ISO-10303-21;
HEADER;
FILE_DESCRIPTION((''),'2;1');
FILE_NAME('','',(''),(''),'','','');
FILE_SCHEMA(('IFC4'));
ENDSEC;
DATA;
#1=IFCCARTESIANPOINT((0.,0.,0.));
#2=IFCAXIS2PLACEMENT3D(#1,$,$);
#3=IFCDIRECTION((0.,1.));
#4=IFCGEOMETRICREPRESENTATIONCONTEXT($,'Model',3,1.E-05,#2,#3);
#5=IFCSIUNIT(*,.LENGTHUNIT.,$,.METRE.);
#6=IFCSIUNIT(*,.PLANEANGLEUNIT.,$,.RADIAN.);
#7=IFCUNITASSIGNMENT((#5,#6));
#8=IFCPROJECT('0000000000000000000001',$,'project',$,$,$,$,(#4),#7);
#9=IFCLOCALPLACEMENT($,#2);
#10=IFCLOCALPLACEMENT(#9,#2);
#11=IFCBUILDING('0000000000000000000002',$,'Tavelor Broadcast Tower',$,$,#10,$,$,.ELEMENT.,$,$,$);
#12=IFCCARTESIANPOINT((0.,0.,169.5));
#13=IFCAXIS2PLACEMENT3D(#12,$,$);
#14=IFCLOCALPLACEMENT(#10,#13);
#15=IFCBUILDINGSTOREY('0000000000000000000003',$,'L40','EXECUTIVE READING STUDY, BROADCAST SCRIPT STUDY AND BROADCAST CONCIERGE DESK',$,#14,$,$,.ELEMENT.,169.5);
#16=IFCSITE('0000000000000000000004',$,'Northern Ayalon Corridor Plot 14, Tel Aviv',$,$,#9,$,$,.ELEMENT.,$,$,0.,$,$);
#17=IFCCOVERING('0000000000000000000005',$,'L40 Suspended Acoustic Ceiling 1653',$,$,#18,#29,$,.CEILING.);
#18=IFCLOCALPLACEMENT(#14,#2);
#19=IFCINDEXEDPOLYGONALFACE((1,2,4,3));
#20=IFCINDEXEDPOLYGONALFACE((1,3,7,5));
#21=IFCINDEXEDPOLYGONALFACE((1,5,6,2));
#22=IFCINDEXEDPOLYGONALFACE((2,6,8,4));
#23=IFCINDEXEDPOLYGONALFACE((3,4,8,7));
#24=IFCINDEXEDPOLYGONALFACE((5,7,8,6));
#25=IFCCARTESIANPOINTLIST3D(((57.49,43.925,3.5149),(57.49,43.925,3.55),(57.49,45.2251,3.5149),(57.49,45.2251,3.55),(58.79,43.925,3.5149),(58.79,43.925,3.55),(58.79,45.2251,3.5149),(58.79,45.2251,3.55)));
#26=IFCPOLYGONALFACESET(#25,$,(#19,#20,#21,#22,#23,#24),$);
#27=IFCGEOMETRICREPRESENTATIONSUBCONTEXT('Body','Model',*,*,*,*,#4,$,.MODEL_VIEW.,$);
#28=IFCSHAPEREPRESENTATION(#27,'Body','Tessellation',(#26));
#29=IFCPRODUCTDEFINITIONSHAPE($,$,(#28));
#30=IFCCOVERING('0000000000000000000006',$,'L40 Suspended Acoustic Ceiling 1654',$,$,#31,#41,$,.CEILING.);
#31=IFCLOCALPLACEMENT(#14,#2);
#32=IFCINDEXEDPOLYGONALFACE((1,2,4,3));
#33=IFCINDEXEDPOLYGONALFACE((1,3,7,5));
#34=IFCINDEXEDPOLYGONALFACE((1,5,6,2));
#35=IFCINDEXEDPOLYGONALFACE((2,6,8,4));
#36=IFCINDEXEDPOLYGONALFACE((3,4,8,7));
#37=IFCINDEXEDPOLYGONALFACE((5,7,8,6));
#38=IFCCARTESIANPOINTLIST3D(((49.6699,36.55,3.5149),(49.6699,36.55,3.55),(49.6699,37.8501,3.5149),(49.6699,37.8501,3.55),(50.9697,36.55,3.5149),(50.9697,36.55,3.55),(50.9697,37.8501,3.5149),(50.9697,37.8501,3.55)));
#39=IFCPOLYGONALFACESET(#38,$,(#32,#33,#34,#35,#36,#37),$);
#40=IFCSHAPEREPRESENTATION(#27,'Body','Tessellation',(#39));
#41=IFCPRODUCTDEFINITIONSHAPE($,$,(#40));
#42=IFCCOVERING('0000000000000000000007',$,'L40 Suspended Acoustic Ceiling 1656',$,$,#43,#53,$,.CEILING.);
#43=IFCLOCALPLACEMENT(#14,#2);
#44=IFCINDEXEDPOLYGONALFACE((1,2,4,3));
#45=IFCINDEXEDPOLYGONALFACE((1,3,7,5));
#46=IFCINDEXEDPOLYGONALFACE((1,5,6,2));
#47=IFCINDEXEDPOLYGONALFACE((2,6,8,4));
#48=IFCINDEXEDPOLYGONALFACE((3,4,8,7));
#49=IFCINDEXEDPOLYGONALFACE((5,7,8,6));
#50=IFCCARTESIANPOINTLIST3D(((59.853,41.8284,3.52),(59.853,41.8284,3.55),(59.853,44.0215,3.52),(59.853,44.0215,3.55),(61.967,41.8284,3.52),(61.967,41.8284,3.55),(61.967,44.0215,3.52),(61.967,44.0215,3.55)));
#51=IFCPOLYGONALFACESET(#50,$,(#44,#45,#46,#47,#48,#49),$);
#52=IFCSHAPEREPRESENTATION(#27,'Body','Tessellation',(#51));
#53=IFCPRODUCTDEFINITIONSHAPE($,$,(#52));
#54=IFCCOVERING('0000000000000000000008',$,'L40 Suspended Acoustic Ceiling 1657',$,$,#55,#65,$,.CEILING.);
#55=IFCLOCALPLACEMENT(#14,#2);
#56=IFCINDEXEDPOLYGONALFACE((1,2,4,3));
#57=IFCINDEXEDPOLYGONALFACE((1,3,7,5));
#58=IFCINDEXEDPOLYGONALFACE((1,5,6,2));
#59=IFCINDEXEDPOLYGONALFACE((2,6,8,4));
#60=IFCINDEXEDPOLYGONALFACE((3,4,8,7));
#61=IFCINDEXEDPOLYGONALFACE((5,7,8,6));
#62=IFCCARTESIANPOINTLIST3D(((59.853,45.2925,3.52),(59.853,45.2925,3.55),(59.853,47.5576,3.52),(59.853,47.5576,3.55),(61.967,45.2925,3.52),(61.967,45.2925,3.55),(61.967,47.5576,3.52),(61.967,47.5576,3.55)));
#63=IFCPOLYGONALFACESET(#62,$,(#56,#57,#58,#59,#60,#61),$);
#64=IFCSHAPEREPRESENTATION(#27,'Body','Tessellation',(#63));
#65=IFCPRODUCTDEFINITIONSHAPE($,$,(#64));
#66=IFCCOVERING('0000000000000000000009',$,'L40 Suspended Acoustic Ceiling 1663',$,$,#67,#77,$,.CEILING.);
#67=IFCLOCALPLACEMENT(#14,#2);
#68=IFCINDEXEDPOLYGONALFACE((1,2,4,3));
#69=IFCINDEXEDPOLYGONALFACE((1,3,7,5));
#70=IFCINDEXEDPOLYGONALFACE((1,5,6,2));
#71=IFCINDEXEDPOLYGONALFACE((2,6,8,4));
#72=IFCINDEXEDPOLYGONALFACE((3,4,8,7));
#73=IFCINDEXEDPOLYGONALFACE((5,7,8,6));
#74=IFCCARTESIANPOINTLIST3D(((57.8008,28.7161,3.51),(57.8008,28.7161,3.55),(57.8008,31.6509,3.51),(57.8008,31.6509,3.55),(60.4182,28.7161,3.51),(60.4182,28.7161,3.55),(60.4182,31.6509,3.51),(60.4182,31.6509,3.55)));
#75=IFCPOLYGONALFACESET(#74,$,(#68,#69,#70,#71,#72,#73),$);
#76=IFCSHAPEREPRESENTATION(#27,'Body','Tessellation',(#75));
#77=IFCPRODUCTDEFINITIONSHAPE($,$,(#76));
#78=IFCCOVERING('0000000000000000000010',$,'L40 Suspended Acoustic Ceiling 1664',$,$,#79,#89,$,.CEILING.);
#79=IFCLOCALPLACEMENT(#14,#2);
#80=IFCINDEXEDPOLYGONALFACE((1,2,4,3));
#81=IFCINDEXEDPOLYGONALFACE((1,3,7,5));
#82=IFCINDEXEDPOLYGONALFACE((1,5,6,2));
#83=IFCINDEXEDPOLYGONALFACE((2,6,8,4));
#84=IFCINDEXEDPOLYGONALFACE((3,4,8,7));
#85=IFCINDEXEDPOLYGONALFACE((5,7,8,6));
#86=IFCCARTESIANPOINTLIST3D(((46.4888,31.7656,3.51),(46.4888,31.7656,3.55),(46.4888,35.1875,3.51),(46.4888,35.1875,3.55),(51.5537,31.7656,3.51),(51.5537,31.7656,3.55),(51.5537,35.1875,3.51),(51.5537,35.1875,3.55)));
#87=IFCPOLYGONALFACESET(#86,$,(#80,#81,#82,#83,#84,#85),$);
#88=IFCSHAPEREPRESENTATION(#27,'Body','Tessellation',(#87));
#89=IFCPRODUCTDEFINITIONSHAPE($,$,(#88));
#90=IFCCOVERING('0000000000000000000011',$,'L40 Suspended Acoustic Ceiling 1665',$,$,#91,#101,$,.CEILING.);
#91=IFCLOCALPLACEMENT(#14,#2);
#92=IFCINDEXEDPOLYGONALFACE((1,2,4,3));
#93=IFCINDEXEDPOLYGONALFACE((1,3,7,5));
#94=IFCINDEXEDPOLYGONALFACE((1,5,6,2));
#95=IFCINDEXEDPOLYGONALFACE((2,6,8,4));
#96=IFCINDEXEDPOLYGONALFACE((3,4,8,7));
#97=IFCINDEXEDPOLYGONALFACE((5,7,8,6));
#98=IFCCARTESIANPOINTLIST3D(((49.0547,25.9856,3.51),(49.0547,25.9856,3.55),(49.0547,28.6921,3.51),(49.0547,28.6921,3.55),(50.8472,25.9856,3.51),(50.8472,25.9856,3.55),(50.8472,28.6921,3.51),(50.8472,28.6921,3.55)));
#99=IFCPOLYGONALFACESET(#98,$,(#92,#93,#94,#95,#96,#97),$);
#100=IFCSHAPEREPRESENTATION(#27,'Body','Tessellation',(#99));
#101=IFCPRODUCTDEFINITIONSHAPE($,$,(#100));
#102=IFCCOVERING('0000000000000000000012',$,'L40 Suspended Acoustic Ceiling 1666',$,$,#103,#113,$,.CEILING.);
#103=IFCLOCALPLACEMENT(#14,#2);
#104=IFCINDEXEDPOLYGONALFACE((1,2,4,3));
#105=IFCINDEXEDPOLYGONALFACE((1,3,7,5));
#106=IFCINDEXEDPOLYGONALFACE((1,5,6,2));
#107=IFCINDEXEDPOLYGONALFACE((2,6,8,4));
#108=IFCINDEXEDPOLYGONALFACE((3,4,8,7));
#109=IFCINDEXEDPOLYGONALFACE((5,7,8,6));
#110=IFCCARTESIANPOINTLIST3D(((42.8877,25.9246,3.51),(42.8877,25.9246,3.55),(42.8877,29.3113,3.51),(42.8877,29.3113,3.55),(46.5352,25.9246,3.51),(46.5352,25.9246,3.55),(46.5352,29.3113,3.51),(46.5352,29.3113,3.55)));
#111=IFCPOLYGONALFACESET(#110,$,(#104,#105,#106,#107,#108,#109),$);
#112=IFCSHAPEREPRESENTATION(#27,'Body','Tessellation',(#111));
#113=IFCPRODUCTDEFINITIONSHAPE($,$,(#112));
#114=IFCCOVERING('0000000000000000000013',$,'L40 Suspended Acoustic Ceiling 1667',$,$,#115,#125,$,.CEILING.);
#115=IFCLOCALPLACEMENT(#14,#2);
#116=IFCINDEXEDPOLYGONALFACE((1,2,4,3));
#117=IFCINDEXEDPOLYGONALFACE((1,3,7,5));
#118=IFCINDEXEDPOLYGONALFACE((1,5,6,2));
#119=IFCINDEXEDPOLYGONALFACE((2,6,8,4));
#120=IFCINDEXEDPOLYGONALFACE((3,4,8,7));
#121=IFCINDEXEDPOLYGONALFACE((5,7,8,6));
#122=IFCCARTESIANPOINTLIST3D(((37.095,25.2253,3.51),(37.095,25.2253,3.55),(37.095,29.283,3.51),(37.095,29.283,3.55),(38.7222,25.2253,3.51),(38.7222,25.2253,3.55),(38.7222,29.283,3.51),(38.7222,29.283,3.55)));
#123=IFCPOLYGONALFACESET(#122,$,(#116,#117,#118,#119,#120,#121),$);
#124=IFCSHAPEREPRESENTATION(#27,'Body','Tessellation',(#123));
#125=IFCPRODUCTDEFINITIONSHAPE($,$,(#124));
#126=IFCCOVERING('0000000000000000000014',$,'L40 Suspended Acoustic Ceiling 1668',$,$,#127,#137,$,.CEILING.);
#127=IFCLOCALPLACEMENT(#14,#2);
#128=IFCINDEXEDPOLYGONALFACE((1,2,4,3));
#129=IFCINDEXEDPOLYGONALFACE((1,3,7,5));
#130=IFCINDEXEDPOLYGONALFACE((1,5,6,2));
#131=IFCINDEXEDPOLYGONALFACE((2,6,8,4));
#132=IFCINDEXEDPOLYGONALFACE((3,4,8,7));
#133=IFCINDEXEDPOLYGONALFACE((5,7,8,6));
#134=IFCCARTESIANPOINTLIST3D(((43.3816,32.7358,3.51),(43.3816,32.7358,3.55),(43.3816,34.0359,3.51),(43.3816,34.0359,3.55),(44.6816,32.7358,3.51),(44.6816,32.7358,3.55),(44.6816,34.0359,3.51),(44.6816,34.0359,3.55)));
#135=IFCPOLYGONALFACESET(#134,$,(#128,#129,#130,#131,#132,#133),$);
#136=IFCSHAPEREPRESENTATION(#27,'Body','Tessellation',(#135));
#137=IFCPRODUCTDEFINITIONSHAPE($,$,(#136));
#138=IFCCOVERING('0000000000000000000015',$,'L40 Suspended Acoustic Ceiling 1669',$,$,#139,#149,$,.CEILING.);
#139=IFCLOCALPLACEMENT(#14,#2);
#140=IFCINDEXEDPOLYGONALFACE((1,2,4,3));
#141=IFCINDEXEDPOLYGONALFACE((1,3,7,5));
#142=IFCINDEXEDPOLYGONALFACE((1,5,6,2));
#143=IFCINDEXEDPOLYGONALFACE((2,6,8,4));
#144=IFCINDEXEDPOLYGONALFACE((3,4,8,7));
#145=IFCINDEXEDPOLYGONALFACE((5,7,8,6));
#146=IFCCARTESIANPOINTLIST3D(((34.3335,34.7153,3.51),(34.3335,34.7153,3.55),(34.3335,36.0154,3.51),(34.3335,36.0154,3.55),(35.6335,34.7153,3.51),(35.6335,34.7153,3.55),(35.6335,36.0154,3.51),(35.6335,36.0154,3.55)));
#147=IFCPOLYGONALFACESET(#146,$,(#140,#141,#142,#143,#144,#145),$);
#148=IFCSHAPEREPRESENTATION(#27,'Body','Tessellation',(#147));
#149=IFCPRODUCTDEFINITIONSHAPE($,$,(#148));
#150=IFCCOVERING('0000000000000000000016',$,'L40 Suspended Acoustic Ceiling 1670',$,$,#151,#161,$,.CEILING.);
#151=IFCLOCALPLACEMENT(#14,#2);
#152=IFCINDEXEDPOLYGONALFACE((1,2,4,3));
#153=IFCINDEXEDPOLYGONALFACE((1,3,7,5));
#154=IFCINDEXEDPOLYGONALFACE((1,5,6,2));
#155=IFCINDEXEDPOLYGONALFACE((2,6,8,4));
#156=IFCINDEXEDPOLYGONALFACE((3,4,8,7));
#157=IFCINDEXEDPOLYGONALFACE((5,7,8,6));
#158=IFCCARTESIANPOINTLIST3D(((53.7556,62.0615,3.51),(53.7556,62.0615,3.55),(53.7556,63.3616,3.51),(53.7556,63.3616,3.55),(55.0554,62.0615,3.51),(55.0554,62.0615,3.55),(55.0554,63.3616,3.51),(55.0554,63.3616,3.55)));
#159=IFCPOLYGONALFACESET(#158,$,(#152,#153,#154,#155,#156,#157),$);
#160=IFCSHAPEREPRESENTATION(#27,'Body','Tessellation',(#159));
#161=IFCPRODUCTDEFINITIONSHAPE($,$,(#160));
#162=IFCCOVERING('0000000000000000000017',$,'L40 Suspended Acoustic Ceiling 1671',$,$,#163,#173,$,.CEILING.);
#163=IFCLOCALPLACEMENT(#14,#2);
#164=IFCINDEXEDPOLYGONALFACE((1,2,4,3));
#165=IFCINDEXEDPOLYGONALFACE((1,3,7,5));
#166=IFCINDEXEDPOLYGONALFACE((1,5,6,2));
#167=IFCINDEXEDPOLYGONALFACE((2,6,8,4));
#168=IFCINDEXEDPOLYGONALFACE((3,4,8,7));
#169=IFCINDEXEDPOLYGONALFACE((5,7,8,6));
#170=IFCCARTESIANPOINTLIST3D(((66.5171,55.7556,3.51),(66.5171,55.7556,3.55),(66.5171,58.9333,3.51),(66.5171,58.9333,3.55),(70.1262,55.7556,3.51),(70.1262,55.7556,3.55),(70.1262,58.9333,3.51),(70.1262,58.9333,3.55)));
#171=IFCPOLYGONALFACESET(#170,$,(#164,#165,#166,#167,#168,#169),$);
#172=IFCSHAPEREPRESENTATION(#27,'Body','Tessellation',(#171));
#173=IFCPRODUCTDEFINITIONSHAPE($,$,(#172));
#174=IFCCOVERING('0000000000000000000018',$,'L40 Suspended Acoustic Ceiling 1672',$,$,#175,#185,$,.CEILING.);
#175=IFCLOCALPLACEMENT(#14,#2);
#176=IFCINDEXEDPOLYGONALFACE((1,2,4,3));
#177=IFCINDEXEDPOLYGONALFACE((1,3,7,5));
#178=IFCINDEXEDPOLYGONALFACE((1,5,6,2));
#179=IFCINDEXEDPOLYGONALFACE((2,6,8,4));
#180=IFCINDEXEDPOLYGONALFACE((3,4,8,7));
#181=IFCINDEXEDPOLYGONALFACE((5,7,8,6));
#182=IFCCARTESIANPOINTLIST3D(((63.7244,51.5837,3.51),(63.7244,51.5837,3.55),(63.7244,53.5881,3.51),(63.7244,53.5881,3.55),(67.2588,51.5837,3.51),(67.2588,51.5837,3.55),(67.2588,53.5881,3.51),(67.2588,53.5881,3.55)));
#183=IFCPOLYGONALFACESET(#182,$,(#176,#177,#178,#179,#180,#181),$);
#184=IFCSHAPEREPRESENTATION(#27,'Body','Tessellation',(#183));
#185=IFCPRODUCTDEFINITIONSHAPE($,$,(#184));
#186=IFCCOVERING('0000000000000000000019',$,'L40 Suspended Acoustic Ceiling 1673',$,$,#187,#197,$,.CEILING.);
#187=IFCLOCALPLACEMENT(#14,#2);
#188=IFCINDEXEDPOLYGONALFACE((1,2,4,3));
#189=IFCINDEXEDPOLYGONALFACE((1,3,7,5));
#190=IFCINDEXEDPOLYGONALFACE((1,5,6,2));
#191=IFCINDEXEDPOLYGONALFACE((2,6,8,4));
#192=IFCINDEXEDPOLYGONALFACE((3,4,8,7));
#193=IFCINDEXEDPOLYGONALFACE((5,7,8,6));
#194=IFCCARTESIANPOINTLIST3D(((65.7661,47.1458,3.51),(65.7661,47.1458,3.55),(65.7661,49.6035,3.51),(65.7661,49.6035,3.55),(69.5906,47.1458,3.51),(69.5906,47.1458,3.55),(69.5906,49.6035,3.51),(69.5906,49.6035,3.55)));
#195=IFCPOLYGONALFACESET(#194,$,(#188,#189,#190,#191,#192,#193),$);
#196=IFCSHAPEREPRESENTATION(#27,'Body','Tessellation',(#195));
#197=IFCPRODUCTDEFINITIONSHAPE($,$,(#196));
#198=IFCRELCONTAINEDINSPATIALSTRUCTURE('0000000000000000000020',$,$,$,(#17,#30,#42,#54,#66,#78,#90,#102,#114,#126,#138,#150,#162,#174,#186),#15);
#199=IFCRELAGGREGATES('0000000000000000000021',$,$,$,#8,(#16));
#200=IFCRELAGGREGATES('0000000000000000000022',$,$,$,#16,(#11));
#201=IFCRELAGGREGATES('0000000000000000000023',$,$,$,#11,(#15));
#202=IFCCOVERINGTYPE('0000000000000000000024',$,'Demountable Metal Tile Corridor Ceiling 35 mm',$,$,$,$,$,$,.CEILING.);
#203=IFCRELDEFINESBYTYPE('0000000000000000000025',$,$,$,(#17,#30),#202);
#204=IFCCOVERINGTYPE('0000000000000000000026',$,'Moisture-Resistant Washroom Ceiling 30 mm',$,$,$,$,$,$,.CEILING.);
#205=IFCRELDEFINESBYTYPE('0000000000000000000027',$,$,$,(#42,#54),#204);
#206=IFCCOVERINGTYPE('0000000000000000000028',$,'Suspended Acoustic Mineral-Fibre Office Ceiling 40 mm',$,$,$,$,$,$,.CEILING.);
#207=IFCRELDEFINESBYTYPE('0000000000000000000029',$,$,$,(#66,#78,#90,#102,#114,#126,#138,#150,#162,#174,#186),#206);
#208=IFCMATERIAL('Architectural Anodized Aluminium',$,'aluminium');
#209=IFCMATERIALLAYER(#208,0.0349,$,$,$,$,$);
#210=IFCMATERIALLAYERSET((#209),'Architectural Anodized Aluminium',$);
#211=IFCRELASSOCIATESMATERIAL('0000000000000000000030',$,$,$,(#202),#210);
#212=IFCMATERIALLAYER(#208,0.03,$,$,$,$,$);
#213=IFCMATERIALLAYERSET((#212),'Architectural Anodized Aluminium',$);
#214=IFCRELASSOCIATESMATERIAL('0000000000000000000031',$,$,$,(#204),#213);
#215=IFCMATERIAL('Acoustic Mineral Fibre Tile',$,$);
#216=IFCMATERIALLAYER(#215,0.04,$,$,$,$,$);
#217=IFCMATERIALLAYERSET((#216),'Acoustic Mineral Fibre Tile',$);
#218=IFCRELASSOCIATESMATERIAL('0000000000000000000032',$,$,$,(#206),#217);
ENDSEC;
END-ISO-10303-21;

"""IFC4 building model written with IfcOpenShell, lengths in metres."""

from ifc_helpers import new_model, si_unit, direction, frame, origin, place, context, subcontext, project, spatial, polyline, outline, extrude, material, layer, layer_set, type_object, element, save


model = new_model("IFC4")

# Units and contexts
model_context = context("Model", 3, precision=1e-05, world=origin(), true_north=direction((0.0, 1.0)))
body_context = subcontext(model_context, "Body", "Model", "MODEL_VIEW")
ifc_project = project(units=[si_unit("LENGTHUNIT", "METRE"), si_unit("PLANEANGLEUNIT", "RADIAN")], contexts=[model_context])

# Site, building, storey
site_placement = place(None, origin())
site = spatial("IfcSite", under=ifc_project, at=site_placement, Name="Northern Ayalon Corridor Plot 14, Tel Aviv", CompositionType="ELEMENT", RefElevation=0.0)
building_placement = place(site_placement, origin())
building = spatial("IfcBuilding", under=site, at=building_placement, Name="Tavelor Broadcast Tower", CompositionType="ELEMENT")
storey_placement = place(building_placement, frame((0.0, 0.0, 169.5)))
storey = spatial("IfcBuildingStorey", under=building, at=storey_placement, Name="L40", Description="EXECUTIVE READING STUDY, BROADCAST SCRIPT STUDY AND BROADCAST CONCIERGE DESK", CompositionType="ELEMENT", Elevation=169.5)

# Coverings
ifc_material_1 = material(Name="Architectural Anodized Aluminium", Category="aluminium")
ifc_layer_1 = layer(ifc_material_1, 0.0349)
ifc_layer_set_1 = layer_set([ifc_layer_1], Name="Architectural Anodized Aluminium")
covering_type_1 = type_object("IfcCoveringType", Name="Demountable Metal Tile Corridor Ceiling 35 mm", PredefinedType="CEILING", material=ifc_layer_set_1)
covering_1_placement = place(storey_placement, frame((0.0, 0.0, 3.5149)))
element("IfcCovering", 1, at=covering_1_placement, inside=storey, type_object=covering_type_1, Name="L40 Suspended Acoustic Ceiling 1653", PredefinedType="CEILING", context=body_context, shape_type="SweptSolid", body=[
    extrude(outline(polyline([(57.49, 43.925), (58.79, 43.925), (58.79, 45.2251), (57.49, 45.2251), (57.49, 43.925)])), origin(), (0.0, 0.0, 1.0), 0.0352),
])
covering_2_placement = place(storey_placement, frame((0.0, 0.0, 3.5149)))
element("IfcCovering", 2, at=covering_2_placement, inside=storey, type_object=covering_type_1, Name="L40 Suspended Acoustic Ceiling 1654", PredefinedType="CEILING", context=body_context, shape_type="SweptSolid", body=[
    extrude(outline(polyline([(49.6699, 36.55), (50.9697, 36.55), (50.9697, 37.8501), (49.6699, 37.8501), (49.6699, 36.55)])), origin(), (0.0, 0.0, 1.0), 0.0352),
])
ifc_layer_2 = layer(ifc_material_1, 0.03)
ifc_layer_set_2 = layer_set([ifc_layer_2], Name="Architectural Anodized Aluminium")
covering_type_2 = type_object("IfcCoveringType", Name="Moisture-Resistant Washroom Ceiling 30 mm", PredefinedType="CEILING", material=ifc_layer_set_2)
covering_3_placement = place(storey_placement, frame((0.0, 0.0, 3.52)))
element("IfcCovering", 3, at=covering_3_placement, inside=storey, type_object=covering_type_2, Name="L40 Suspended Acoustic Ceiling 1656", PredefinedType="CEILING", context=body_context, shape_type="SweptSolid", body=[
    extrude(outline(polyline([(59.853, 41.8284), (61.967, 41.8284), (61.967, 44.0215), (59.853, 44.0215), (59.853, 41.8284)])), origin(), (0.0, 0.0, 1.0), 0.03),
])
covering_4_placement = place(storey_placement, frame((0.0, 0.0, 3.52)))
element("IfcCovering", 4, at=covering_4_placement, inside=storey, type_object=covering_type_2, Name="L40 Suspended Acoustic Ceiling 1657", PredefinedType="CEILING", context=body_context, shape_type="SweptSolid", body=[
    extrude(outline(polyline([(59.853, 45.2925), (61.967, 45.2925), (61.967, 47.5576), (59.853, 47.5576), (59.853, 45.2925)])), origin(), (0.0, 0.0, 1.0), 0.03),
])
ifc_material_2 = material(Name="Acoustic Mineral Fibre Tile")
ifc_layer_3 = layer(ifc_material_2, 0.04)
ifc_layer_set_3 = layer_set([ifc_layer_3], Name="Acoustic Mineral Fibre Tile")
covering_type_3 = type_object("IfcCoveringType", Name="Suspended Acoustic Mineral-Fibre Office Ceiling 40 mm", PredefinedType="CEILING", material=ifc_layer_set_3)
covering_5_placement = place(storey_placement, frame((0.0, 0.0, 3.51)))
element("IfcCovering", 5, at=covering_5_placement, inside=storey, type_object=covering_type_3, Name="L40 Suspended Acoustic Ceiling 1663", PredefinedType="CEILING", context=body_context, shape_type="SweptSolid", body=[
    extrude(outline(polyline([(57.8008, 28.7161), (60.4182, 28.7161), (60.4182, 31.6509), (57.8008, 31.6509), (57.8008, 28.7161)])), origin(), (0.0, 0.0, 1.0), 0.04),
])
covering_6_placement = place(storey_placement, frame((0.0, 0.0, 3.51)))
element("IfcCovering", 6, at=covering_6_placement, inside=storey, type_object=covering_type_3, Name="L40 Suspended Acoustic Ceiling 1664", PredefinedType="CEILING", context=body_context, shape_type="SweptSolid", body=[
    extrude(outline(polyline([(46.4888, 31.7656), (51.5537, 31.7656), (51.5537, 35.1875), (46.4888, 35.1875), (46.4888, 31.7656)])), origin(), (0.0, 0.0, 1.0), 0.04),
])
covering_7_placement = place(storey_placement, frame((0.0, 0.0, 3.51)))
element("IfcCovering", 7, at=covering_7_placement, inside=storey, type_object=covering_type_3, Name="L40 Suspended Acoustic Ceiling 1665", PredefinedType="CEILING", context=body_context, shape_type="SweptSolid", body=[
    extrude(outline(polyline([(49.0547, 25.9856), (50.8472, 25.9856), (50.8472, 28.6921), (49.0547, 28.6921), (49.0547, 25.9856)])), origin(), (0.0, 0.0, 1.0), 0.04),
])
covering_8_placement = place(storey_placement, frame((0.0, 0.0, 3.51)))
element("IfcCovering", 8, at=covering_8_placement, inside=storey, type_object=covering_type_3, Name="L40 Suspended Acoustic Ceiling 1666", PredefinedType="CEILING", context=body_context, shape_type="SweptSolid", body=[
    extrude(outline(polyline([(42.8877, 25.9246), (46.5352, 25.9246), (46.5352, 29.3113), (42.8877, 29.3113), (42.8877, 25.9246)])), origin(), (0.0, 0.0, 1.0), 0.04),
])
covering_9_placement = place(storey_placement, frame((0.0, 0.0, 3.51)))
element("IfcCovering", 9, at=covering_9_placement, inside=storey, type_object=covering_type_3, Name="L40 Suspended Acoustic Ceiling 1667", PredefinedType="CEILING", context=body_context, shape_type="SweptSolid", body=[
    extrude(outline(polyline([(37.095, 25.2253), (38.7222, 25.2253), (38.7222, 29.283), (37.095, 29.283), (37.095, 25.2253)])), origin(), (0.0, 0.0, 1.0), 0.04),
])
covering_10_placement = place(storey_placement, frame((0.0, 0.0, 3.51)))
element("IfcCovering", 10, at=covering_10_placement, inside=storey, type_object=covering_type_3, Name="L40 Suspended Acoustic Ceiling 1668", PredefinedType="CEILING", context=body_context, shape_type="SweptSolid", body=[
    extrude(outline(polyline([(43.3816, 32.7358), (44.6816, 32.7358), (44.6816, 34.0359), (43.3816, 34.0359), (43.3816, 32.7358)])), origin(), (0.0, 0.0, 1.0), 0.04),
])
covering_11_placement = place(storey_placement, frame((0.0, 0.0, 3.51)))
element("IfcCovering", 11, at=covering_11_placement, inside=storey, type_object=covering_type_3, Name="L40 Suspended Acoustic Ceiling 1669", PredefinedType="CEILING", context=body_context, shape_type="SweptSolid", body=[
    extrude(outline(polyline([(34.3335, 34.7153), (35.6335, 34.7153), (35.6335, 36.0154), (34.3335, 36.0154), (34.3335, 34.7153)])), origin(), (0.0, 0.0, 1.0), 0.04),
])
covering_12_placement = place(storey_placement, frame((0.0, 0.0, 3.51)))
element("IfcCovering", 12, at=covering_12_placement, inside=storey, type_object=covering_type_3, Name="L40 Suspended Acoustic Ceiling 1670", PredefinedType="CEILING", context=body_context, shape_type="SweptSolid", body=[
    extrude(outline(polyline([(53.7556, 62.0615), (55.0554, 62.0615), (55.0554, 63.3616), (53.7556, 63.3616), (53.7556, 62.0615)])), origin(), (0.0, 0.0, 1.0), 0.04),
])
covering_13_placement = place(storey_placement, frame((0.0, 0.0, 3.51)))
element("IfcCovering", 13, at=covering_13_placement, inside=storey, type_object=covering_type_3, Name="L40 Suspended Acoustic Ceiling 1671", PredefinedType="CEILING", context=body_context, shape_type="SweptSolid", body=[
    extrude(outline(polyline([(66.5171, 55.7556), (70.1262, 55.7556), (70.1262, 58.9333), (66.5171, 58.9333), (66.5171, 55.7556)])), origin(), (0.0, 0.0, 1.0), 0.04),
])
covering_14_placement = place(storey_placement, frame((0.0, 0.0, 3.51)))
element("IfcCovering", 14, at=covering_14_placement, inside=storey, type_object=covering_type_3, Name="L40 Suspended Acoustic Ceiling 1672", PredefinedType="CEILING", context=body_context, shape_type="SweptSolid", body=[
    extrude(outline(polyline([(63.7244, 51.5837), (67.2588, 51.5837), (67.2588, 53.5881), (63.7244, 53.5881), (63.7244, 51.5837)])), origin(), (0.0, 0.0, 1.0), 0.04),
])
covering_15_placement = place(storey_placement, frame((0.0, 0.0, 3.51)))
element("IfcCovering", 15, at=covering_15_placement, inside=storey, type_object=covering_type_3, Name="L40 Suspended Acoustic Ceiling 1673", PredefinedType="CEILING", context=body_context, shape_type="SweptSolid", body=[
    extrude(outline(polyline([(65.7661, 47.1458), (69.5906, 47.1458), (69.5906, 49.6035), (65.7661, 49.6035), (65.7661, 47.1458)])), origin(), (0.0, 0.0, 1.0), 0.04),
])

save(model, "model.ifc")
